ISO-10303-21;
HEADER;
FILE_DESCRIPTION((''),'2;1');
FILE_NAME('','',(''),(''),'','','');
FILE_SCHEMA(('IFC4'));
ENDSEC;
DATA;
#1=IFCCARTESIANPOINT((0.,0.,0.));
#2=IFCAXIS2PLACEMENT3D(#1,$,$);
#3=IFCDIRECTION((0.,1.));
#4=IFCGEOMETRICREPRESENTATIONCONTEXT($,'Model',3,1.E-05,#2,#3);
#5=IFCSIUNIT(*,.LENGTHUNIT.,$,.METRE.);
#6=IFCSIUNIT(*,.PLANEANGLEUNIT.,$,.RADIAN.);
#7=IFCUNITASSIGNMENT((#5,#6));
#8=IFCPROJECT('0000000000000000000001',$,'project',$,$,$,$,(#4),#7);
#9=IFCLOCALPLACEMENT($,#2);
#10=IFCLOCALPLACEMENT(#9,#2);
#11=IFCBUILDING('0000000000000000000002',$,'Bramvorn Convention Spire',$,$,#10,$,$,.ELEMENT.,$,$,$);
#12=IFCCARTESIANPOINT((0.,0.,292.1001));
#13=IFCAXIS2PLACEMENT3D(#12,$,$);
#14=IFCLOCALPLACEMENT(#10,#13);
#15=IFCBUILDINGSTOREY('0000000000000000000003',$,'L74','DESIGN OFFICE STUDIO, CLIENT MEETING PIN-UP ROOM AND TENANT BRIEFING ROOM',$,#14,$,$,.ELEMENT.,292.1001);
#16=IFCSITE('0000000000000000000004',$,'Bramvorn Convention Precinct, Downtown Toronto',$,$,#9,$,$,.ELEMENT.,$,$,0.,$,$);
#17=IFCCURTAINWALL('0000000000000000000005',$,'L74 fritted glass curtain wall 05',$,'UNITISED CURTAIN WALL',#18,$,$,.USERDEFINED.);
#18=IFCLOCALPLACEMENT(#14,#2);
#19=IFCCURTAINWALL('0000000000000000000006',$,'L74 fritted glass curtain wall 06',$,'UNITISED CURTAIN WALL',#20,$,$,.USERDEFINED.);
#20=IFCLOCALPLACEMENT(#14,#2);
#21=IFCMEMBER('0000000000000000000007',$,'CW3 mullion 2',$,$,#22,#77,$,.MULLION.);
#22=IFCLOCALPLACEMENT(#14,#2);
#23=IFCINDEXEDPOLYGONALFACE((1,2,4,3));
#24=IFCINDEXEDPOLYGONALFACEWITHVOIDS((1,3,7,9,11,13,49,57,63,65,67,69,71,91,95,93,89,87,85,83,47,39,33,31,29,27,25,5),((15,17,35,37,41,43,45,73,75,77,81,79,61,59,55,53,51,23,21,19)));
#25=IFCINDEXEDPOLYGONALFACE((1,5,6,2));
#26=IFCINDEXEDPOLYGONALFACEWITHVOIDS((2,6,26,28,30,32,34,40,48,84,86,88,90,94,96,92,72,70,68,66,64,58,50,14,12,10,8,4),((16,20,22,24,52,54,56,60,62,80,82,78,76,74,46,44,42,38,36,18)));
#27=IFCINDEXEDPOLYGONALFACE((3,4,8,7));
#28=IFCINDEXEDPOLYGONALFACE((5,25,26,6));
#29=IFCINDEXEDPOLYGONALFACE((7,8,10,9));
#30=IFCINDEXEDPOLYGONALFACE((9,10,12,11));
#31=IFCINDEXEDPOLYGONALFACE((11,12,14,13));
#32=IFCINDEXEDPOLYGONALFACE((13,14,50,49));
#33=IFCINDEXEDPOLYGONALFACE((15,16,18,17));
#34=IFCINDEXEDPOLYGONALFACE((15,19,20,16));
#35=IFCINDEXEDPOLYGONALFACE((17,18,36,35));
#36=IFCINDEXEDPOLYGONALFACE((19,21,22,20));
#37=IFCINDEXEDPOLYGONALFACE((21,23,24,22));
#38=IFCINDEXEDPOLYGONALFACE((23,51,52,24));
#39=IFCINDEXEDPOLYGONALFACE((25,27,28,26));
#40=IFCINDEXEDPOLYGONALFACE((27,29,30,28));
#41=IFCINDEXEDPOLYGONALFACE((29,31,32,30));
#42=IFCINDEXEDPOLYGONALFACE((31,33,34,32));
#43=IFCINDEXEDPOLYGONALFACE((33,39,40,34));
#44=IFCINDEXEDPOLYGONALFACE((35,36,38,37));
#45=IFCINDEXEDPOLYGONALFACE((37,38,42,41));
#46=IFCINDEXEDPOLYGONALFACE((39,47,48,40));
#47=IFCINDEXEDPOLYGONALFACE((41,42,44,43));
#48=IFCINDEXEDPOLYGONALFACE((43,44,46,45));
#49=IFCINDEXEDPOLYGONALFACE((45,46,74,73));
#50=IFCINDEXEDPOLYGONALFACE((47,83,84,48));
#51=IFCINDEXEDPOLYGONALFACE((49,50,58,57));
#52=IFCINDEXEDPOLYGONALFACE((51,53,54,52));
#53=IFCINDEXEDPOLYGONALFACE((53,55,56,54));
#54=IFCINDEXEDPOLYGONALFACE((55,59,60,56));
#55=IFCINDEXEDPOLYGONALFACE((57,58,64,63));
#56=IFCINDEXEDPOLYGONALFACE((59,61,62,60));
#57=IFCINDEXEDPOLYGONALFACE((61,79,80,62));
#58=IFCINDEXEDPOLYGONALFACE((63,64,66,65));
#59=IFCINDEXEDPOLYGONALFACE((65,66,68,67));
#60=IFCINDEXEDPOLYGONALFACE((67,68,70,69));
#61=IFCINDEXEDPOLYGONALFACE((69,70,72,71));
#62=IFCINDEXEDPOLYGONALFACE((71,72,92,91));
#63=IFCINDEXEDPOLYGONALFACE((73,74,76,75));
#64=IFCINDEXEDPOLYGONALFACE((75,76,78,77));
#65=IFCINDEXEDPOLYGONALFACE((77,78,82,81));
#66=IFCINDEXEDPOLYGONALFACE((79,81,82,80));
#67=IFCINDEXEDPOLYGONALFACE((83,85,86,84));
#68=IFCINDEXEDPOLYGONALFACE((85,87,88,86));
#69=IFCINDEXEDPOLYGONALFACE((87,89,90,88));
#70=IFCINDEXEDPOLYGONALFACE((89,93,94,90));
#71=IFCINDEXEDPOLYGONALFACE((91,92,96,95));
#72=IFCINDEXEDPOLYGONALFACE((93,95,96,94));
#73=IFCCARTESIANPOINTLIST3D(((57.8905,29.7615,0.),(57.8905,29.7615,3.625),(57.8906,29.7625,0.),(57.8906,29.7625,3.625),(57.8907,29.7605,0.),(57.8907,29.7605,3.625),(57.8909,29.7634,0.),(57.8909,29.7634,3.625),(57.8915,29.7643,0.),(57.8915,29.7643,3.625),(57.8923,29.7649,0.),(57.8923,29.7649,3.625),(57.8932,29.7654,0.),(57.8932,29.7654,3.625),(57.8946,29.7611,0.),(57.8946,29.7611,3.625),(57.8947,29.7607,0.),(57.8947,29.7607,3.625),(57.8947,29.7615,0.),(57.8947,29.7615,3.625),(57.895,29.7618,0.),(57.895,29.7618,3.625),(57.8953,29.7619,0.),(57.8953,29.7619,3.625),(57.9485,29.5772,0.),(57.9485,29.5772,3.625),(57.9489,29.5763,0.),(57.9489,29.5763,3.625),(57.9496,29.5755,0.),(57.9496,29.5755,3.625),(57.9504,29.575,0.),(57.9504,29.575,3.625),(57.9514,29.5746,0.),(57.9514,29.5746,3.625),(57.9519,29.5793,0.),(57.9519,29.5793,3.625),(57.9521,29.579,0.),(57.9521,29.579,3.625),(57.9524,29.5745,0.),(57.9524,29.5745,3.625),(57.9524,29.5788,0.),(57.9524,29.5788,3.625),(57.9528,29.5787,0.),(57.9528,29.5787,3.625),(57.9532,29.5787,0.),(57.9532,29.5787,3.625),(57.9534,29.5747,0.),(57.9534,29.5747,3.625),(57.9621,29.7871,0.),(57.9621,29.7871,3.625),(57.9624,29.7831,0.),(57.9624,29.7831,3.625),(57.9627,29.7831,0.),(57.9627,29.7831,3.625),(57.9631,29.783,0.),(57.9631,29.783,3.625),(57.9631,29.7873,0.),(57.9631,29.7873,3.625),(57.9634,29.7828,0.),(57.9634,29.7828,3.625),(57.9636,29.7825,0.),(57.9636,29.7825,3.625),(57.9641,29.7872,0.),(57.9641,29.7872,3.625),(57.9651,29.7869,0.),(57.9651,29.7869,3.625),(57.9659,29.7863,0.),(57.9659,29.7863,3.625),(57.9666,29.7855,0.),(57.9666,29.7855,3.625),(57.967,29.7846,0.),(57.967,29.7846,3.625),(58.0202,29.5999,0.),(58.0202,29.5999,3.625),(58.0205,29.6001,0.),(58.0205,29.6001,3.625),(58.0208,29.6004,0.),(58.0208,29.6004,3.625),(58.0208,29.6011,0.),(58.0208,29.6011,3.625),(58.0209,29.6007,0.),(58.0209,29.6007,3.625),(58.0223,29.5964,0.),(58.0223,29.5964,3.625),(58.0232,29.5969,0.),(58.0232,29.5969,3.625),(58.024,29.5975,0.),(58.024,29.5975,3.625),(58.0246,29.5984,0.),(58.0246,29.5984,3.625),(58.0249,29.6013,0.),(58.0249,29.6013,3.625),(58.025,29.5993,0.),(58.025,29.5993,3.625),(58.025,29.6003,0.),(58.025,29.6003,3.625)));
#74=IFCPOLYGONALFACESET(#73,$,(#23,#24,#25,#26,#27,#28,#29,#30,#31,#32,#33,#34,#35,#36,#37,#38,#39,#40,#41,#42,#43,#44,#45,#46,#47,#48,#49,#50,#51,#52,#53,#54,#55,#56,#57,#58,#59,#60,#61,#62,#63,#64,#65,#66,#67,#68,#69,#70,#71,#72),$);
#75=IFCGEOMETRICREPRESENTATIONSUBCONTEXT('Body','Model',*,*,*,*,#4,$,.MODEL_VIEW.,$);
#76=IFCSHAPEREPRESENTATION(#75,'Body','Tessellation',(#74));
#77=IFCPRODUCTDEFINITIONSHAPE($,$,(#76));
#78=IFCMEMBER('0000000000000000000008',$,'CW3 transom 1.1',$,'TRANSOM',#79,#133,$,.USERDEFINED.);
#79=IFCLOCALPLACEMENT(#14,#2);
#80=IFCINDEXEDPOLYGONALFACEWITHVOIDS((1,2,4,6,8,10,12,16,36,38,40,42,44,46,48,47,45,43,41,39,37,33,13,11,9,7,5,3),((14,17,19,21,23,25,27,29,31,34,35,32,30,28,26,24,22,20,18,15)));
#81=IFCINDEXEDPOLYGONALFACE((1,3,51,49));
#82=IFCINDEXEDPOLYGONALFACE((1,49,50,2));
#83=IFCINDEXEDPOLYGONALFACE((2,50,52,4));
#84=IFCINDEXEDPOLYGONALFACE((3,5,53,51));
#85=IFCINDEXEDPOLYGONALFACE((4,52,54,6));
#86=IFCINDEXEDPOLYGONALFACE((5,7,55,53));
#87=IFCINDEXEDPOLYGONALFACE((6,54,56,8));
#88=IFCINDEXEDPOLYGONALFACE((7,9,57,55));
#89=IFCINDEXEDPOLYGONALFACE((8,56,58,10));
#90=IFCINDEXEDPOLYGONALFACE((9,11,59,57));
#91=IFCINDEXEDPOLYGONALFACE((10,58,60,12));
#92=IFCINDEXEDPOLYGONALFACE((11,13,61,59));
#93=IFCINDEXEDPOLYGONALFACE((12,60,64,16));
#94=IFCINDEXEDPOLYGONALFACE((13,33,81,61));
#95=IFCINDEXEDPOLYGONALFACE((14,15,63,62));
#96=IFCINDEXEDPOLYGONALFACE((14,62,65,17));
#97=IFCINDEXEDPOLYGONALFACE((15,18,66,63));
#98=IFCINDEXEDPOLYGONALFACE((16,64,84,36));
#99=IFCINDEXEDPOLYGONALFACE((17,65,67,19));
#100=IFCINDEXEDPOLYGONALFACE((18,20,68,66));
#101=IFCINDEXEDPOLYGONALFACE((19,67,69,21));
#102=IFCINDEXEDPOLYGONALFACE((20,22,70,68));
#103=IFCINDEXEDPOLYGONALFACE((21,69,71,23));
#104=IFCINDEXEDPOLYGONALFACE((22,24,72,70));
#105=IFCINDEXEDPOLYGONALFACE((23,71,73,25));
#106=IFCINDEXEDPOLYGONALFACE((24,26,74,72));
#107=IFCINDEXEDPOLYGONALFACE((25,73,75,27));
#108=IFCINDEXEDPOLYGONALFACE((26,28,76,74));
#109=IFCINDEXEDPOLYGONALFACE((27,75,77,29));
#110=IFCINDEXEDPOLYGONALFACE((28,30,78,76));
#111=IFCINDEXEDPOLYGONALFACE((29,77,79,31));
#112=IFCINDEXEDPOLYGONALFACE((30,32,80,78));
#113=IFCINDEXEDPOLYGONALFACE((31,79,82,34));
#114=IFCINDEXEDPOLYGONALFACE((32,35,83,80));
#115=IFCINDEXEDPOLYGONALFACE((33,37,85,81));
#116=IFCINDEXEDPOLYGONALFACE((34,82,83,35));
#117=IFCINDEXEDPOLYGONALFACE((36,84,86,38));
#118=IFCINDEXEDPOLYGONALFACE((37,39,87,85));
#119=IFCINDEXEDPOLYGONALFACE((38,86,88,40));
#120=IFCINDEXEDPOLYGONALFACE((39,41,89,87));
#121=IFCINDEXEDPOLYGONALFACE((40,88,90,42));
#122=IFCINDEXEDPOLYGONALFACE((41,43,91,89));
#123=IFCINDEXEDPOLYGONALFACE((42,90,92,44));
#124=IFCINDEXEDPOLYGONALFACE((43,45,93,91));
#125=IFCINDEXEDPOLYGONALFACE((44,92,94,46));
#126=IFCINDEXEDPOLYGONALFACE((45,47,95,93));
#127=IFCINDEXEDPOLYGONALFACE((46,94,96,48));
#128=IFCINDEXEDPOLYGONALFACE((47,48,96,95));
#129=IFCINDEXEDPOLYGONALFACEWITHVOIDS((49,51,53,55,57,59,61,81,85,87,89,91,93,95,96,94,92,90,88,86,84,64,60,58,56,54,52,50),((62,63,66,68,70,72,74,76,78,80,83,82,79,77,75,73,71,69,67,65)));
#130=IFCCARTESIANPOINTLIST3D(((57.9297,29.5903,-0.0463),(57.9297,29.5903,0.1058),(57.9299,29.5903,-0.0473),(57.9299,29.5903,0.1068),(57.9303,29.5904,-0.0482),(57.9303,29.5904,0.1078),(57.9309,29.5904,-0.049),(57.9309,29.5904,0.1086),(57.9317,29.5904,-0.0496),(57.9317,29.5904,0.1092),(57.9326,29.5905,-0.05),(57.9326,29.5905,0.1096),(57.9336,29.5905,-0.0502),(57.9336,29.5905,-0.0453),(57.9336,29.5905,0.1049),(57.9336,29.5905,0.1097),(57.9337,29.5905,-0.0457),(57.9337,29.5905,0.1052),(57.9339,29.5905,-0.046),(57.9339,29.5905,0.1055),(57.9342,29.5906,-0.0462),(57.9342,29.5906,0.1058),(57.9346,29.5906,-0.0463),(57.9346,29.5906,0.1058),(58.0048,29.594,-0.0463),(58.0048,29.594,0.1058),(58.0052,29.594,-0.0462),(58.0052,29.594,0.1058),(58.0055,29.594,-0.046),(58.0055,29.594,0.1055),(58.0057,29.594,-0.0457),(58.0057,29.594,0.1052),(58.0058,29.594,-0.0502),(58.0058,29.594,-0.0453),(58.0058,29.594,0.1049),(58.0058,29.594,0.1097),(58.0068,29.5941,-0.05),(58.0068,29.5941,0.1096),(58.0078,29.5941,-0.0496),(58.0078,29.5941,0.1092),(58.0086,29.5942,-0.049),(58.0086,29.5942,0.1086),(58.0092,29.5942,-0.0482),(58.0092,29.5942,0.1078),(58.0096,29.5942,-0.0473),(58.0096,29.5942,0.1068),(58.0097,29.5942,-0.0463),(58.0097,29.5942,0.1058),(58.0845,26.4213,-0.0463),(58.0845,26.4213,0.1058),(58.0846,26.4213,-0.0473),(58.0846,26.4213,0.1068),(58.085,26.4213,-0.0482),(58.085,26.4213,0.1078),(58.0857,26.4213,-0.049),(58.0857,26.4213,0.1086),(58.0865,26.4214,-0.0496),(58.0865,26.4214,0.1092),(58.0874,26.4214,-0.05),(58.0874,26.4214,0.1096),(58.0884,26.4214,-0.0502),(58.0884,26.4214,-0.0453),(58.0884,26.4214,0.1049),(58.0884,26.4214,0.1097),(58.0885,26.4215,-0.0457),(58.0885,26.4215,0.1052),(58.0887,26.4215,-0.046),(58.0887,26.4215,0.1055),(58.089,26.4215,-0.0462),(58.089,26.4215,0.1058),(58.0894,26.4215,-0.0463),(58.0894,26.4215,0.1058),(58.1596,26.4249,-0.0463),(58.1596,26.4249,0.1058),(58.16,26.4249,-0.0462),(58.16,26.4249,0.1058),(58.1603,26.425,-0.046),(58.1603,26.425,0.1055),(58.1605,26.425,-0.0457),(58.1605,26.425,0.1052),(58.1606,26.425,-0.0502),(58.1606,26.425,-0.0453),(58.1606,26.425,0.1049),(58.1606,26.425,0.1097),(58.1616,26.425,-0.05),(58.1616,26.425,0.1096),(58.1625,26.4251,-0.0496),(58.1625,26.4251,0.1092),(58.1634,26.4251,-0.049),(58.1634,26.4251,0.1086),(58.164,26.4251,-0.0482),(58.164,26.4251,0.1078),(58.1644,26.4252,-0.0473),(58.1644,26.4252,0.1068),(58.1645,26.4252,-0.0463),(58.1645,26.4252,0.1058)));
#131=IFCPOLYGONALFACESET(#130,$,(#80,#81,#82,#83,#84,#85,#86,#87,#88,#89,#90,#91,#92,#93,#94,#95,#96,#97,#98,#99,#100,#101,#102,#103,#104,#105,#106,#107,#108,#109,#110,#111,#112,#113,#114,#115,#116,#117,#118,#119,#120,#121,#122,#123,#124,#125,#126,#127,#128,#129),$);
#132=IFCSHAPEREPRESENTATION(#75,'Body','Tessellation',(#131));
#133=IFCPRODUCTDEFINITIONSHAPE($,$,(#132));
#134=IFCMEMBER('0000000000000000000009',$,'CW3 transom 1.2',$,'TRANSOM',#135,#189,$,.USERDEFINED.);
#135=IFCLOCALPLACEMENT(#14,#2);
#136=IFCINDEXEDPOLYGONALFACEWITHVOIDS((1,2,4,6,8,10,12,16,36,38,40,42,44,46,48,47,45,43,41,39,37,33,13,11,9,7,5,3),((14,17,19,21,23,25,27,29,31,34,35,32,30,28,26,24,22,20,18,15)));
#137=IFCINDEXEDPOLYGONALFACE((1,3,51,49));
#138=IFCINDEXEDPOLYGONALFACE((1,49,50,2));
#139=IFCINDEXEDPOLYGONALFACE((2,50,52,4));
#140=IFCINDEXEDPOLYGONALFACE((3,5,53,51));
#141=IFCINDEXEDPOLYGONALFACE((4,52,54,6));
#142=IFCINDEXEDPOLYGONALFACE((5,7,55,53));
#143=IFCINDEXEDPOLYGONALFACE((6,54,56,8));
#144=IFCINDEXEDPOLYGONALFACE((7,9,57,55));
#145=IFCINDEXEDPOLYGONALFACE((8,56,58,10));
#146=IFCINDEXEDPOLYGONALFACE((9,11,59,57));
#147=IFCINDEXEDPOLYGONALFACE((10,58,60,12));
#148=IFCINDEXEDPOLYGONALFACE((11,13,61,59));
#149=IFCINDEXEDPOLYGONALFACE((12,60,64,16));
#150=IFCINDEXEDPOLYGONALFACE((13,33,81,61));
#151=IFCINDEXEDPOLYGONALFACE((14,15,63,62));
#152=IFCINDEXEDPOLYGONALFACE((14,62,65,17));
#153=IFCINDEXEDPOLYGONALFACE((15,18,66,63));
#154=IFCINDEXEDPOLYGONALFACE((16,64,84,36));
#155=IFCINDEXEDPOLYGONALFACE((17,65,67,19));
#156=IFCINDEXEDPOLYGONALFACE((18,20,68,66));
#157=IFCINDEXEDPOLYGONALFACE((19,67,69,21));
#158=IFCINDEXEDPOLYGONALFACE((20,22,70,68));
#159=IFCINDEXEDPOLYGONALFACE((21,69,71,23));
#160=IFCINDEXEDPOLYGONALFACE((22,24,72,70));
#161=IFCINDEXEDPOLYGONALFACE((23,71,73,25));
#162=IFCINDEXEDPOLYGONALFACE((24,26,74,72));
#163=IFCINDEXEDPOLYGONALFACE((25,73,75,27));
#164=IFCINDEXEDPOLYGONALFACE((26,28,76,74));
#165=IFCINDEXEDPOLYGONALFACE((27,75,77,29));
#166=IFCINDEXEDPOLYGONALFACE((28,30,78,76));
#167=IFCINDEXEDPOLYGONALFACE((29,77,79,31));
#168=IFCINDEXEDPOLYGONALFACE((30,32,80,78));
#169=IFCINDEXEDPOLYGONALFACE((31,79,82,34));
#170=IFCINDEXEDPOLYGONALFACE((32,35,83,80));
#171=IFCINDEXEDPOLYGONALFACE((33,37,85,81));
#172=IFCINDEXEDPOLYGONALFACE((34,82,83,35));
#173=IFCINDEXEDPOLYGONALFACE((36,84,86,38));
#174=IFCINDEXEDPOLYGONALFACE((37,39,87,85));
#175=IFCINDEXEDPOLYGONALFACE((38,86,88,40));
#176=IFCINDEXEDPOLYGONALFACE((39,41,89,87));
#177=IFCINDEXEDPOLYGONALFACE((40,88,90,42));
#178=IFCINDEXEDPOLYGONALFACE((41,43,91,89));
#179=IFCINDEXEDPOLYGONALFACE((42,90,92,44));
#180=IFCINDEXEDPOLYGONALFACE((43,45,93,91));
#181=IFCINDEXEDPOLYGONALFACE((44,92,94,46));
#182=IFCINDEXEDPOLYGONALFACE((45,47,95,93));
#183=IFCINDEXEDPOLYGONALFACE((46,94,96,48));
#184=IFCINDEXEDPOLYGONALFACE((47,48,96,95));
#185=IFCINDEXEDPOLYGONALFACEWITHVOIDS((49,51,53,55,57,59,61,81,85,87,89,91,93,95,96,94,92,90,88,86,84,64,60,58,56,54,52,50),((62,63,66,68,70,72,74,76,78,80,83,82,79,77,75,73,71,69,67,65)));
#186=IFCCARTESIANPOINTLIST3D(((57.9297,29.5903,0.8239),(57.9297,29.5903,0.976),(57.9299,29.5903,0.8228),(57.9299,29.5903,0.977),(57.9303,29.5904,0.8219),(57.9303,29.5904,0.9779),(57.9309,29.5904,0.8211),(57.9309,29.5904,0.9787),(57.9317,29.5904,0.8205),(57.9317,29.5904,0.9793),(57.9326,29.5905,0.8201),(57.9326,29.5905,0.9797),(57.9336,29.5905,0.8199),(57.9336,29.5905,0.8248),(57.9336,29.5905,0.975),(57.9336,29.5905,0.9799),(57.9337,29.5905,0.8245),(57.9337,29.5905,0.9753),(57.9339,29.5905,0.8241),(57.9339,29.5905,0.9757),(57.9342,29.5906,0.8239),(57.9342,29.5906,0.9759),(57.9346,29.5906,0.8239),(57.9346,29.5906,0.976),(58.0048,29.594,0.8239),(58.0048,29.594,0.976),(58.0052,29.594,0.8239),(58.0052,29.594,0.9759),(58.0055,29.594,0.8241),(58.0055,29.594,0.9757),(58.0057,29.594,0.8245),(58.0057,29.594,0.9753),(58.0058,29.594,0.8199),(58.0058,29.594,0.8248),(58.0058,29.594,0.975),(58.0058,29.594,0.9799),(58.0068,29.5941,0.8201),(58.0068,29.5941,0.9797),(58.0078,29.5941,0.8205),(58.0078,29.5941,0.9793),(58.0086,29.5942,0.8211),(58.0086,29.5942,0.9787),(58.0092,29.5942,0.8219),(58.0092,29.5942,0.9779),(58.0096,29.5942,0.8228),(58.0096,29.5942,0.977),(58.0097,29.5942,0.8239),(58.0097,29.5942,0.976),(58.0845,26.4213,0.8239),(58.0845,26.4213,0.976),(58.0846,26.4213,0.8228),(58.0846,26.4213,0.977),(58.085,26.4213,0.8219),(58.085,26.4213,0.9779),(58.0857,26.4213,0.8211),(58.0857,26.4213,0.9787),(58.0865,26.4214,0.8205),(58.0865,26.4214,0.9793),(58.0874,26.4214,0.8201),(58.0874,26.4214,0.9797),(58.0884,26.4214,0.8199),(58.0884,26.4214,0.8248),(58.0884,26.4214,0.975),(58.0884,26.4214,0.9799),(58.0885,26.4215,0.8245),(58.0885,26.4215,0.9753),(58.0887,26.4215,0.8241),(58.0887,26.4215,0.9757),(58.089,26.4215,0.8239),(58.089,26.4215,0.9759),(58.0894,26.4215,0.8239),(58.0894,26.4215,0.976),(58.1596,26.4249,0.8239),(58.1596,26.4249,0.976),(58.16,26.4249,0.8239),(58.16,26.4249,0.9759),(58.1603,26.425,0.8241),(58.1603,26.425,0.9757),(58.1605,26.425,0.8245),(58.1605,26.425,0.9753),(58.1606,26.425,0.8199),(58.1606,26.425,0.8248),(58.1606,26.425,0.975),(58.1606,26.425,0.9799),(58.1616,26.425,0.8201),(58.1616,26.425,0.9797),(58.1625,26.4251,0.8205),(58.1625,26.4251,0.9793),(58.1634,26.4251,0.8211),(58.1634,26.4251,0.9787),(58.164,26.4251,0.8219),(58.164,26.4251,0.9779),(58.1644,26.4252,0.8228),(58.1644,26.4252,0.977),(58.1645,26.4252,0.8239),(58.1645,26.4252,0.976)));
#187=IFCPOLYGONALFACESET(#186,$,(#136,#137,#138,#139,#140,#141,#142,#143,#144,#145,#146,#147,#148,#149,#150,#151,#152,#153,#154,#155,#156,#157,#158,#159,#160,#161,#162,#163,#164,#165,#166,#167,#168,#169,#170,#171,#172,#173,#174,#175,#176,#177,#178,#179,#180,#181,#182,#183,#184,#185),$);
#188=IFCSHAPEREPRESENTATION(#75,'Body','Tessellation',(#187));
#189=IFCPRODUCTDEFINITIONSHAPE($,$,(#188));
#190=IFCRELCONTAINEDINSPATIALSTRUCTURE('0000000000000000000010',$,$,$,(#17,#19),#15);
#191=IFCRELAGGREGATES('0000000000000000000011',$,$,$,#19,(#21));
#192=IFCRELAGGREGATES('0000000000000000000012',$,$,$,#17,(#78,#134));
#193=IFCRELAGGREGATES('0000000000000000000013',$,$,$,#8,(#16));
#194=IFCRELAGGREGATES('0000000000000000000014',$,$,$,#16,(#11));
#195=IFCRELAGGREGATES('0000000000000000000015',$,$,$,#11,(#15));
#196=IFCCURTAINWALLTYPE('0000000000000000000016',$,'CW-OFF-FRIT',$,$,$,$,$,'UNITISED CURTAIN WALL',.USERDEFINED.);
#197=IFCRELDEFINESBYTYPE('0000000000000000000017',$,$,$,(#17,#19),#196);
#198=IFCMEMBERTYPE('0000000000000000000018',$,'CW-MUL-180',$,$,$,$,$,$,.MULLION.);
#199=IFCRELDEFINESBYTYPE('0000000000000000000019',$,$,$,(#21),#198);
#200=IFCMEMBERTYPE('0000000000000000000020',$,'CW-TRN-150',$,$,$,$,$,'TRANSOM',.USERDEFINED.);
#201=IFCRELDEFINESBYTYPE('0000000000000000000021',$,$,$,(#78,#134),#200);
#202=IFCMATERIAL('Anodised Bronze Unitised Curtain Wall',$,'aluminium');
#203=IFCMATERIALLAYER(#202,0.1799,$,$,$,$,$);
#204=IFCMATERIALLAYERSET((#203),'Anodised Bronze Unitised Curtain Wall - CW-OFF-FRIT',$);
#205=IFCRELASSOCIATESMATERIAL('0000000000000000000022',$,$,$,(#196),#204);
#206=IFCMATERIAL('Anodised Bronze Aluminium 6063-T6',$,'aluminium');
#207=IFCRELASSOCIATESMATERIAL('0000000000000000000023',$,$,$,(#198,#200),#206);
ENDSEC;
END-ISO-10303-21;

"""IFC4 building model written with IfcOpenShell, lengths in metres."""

from ifc_helpers import new_model, si_unit, direction, frame, origin, origin_2d, place, context, subcontext, project, spatial, hollow_rectangle, extrude, material, layer, layer_set, material_profile, profile_set, type_object, element, aggregate, save


model = new_model("IFC4")

# Units and contexts
model_context = context("Model", 3, precision=1e-05, world=origin(), true_north=direction((0.0, 1.0)))
body_context = subcontext(model_context, "Body", "Model", "MODEL_VIEW")
ifc_project = project(units=[si_unit("LENGTHUNIT", "METRE"), si_unit("PLANEANGLEUNIT", "RADIAN")], contexts=[model_context])

# Site, building, storey
site_placement = place(None, origin())
site = spatial("IfcSite", under=ifc_project, at=site_placement, Name="Bramvorn Convention Precinct, Downtown Toronto", CompositionType="ELEMENT", RefElevation=0.0)
building_placement = place(site_placement, origin())
building = spatial("IfcBuilding", under=site, at=building_placement, Name="Bramvorn Convention Spire", CompositionType="ELEMENT")
storey_placement = place(building_placement, frame((0.0, 0.0, 292.1001)))
storey = spatial("IfcBuildingStorey", under=building, at=storey_placement, Name="L74", Description="DESIGN OFFICE STUDIO, CLIENT MEETING PIN-UP ROOM AND TENANT BRIEFING ROOM", CompositionType="ELEMENT", Elevation=292.1001)

# Curtain wall
ifc_material_1 = material(Name="Anodised Bronze Unitised Curtain Wall", Category="aluminium")
ifc_layer_1 = layer(ifc_material_1, 0.1799)
ifc_layer_set_1 = layer_set([ifc_layer_1], Name="Anodised Bronze Unitised Curtain Wall - CW-OFF-FRIT")
curtain_wall_type = type_object("IfcCurtainWallType", Name="CW-OFF-FRIT", ElementType="UNITISED CURTAIN WALL", PredefinedType="USERDEFINED", material=ifc_layer_set_1)
curtain_wall_1_placement = place(storey_placement, origin())
curtain_wall_1 = element("IfcCurtainWall", 1, at=curtain_wall_1_placement, inside=storey, type_object=curtain_wall_type, Name="L74 fritted glass curtain wall 05", ObjectType="UNITISED CURTAIN WALL", PredefinedType="USERDEFINED")
ifc_material_2 = material(Name="Anodised Bronze Aluminium 6063-T6", Category="aluminium")
ifc_material_profile_1 = material_profile(ifc_material_2, hollow_rectangle(XDim=0.0801, YDim=0.2, WallThickness=0.0039, InnerFilletRadius=0.001, OuterFilletRadius=0.0039, at=origin_2d()))
ifc_profile_set_1 = profile_set([ifc_material_profile_1], Name="Anodised Bronze Aluminium 6063-T6 - CWM80X200")
member_type_1 = type_object("IfcMemberType", Name="CW-MUL-180", PredefinedType="MULLION", material=ifc_profile_set_1)

# Curtain wall, member
curtain_wall_2_placement = place(storey_placement, origin())
curtain_wall_2 = element("IfcCurtainWall", 2, at=curtain_wall_2_placement, inside=storey, type_object=curtain_wall_type, Name="L74 fritted glass curtain wall 06", ObjectType="UNITISED CURTAIN WALL", PredefinedType="USERDEFINED")
member_1_placement = place(storey_placement, frame((57.9578, 29.6809, 0.0), z_axis=(0.0, 0.0, 1.0), x_axis=(0.953619, 0.301015, 0.0)))
member_1 = element("IfcMember", 3, at=member_1_placement, type_object=member_type_1, Name="CW3 mullion 2", PredefinedType="MULLION", context=body_context, shape_type="SweptSolid", body=[
    extrude(hollow_rectangle(XDim=0.0801, YDim=0.2, WallThickness=0.0039, InnerFilletRadius=0.001, OuterFilletRadius=0.0039, at=origin_2d()), origin(), (0.0, 0.0, 1.0), 3.625),
])
aggregate(curtain_wall_2, [member_1])

# Members
ifc_material_profile_2 = material_profile(ifc_material_2, hollow_rectangle(XDim=0.0801, YDim=0.1599, WallThickness=0.0039, InnerFilletRadius=0.001, OuterFilletRadius=0.0039, at=origin_2d()))
ifc_profile_set_2 = profile_set([ifc_material_profile_2], Name="Anodised Bronze Aluminium 6063-T6 - CWT80X160")
member_type_2 = type_object("IfcMemberType", Name="CW-TRN-150", ElementType="TRANSOM", PredefinedType="USERDEFINED", material=ifc_profile_set_2)
member_2_placement = place(storey_placement, frame((57.9697, 29.5923, 0.0298), z_axis=(0.048782, -0.998809, 0.0), x_axis=(0.998809, 0.048782, 0.0)))
member_2 = element("IfcMember", 4, at=member_2_placement, type_object=member_type_2, Name="CW3 transom 1.1", ObjectType="TRANSOM", PredefinedType="USERDEFINED", context=body_context, shape_type="SweptSolid", body=[
    extrude(hollow_rectangle(XDim=0.0801, YDim=0.1599, WallThickness=0.0039, InnerFilletRadius=0.001, OuterFilletRadius=0.0039, at=origin_2d()), origin(), (0.0, 0.0, 1.0), 3.1729),
])
member_3_placement = place(storey_placement, frame((57.9697, 29.5923, 0.8999), z_axis=(0.048782, -0.998809, 0.0), x_axis=(0.998809, 0.048782, 0.0)))
member_3 = element("IfcMember", 5, at=member_3_placement, type_object=member_type_2, Name="CW3 transom 1.2", ObjectType="TRANSOM", PredefinedType="USERDEFINED", context=body_context, shape_type="SweptSolid", body=[
    extrude(hollow_rectangle(XDim=0.0801, YDim=0.1599, WallThickness=0.0039, InnerFilletRadius=0.001, OuterFilletRadius=0.0039, at=origin_2d()), origin(), (0.0, 0.0, 1.0), 3.1729),
])

aggregate(curtain_wall_1, [member_2, member_3])

save(model, "model.ifc")
